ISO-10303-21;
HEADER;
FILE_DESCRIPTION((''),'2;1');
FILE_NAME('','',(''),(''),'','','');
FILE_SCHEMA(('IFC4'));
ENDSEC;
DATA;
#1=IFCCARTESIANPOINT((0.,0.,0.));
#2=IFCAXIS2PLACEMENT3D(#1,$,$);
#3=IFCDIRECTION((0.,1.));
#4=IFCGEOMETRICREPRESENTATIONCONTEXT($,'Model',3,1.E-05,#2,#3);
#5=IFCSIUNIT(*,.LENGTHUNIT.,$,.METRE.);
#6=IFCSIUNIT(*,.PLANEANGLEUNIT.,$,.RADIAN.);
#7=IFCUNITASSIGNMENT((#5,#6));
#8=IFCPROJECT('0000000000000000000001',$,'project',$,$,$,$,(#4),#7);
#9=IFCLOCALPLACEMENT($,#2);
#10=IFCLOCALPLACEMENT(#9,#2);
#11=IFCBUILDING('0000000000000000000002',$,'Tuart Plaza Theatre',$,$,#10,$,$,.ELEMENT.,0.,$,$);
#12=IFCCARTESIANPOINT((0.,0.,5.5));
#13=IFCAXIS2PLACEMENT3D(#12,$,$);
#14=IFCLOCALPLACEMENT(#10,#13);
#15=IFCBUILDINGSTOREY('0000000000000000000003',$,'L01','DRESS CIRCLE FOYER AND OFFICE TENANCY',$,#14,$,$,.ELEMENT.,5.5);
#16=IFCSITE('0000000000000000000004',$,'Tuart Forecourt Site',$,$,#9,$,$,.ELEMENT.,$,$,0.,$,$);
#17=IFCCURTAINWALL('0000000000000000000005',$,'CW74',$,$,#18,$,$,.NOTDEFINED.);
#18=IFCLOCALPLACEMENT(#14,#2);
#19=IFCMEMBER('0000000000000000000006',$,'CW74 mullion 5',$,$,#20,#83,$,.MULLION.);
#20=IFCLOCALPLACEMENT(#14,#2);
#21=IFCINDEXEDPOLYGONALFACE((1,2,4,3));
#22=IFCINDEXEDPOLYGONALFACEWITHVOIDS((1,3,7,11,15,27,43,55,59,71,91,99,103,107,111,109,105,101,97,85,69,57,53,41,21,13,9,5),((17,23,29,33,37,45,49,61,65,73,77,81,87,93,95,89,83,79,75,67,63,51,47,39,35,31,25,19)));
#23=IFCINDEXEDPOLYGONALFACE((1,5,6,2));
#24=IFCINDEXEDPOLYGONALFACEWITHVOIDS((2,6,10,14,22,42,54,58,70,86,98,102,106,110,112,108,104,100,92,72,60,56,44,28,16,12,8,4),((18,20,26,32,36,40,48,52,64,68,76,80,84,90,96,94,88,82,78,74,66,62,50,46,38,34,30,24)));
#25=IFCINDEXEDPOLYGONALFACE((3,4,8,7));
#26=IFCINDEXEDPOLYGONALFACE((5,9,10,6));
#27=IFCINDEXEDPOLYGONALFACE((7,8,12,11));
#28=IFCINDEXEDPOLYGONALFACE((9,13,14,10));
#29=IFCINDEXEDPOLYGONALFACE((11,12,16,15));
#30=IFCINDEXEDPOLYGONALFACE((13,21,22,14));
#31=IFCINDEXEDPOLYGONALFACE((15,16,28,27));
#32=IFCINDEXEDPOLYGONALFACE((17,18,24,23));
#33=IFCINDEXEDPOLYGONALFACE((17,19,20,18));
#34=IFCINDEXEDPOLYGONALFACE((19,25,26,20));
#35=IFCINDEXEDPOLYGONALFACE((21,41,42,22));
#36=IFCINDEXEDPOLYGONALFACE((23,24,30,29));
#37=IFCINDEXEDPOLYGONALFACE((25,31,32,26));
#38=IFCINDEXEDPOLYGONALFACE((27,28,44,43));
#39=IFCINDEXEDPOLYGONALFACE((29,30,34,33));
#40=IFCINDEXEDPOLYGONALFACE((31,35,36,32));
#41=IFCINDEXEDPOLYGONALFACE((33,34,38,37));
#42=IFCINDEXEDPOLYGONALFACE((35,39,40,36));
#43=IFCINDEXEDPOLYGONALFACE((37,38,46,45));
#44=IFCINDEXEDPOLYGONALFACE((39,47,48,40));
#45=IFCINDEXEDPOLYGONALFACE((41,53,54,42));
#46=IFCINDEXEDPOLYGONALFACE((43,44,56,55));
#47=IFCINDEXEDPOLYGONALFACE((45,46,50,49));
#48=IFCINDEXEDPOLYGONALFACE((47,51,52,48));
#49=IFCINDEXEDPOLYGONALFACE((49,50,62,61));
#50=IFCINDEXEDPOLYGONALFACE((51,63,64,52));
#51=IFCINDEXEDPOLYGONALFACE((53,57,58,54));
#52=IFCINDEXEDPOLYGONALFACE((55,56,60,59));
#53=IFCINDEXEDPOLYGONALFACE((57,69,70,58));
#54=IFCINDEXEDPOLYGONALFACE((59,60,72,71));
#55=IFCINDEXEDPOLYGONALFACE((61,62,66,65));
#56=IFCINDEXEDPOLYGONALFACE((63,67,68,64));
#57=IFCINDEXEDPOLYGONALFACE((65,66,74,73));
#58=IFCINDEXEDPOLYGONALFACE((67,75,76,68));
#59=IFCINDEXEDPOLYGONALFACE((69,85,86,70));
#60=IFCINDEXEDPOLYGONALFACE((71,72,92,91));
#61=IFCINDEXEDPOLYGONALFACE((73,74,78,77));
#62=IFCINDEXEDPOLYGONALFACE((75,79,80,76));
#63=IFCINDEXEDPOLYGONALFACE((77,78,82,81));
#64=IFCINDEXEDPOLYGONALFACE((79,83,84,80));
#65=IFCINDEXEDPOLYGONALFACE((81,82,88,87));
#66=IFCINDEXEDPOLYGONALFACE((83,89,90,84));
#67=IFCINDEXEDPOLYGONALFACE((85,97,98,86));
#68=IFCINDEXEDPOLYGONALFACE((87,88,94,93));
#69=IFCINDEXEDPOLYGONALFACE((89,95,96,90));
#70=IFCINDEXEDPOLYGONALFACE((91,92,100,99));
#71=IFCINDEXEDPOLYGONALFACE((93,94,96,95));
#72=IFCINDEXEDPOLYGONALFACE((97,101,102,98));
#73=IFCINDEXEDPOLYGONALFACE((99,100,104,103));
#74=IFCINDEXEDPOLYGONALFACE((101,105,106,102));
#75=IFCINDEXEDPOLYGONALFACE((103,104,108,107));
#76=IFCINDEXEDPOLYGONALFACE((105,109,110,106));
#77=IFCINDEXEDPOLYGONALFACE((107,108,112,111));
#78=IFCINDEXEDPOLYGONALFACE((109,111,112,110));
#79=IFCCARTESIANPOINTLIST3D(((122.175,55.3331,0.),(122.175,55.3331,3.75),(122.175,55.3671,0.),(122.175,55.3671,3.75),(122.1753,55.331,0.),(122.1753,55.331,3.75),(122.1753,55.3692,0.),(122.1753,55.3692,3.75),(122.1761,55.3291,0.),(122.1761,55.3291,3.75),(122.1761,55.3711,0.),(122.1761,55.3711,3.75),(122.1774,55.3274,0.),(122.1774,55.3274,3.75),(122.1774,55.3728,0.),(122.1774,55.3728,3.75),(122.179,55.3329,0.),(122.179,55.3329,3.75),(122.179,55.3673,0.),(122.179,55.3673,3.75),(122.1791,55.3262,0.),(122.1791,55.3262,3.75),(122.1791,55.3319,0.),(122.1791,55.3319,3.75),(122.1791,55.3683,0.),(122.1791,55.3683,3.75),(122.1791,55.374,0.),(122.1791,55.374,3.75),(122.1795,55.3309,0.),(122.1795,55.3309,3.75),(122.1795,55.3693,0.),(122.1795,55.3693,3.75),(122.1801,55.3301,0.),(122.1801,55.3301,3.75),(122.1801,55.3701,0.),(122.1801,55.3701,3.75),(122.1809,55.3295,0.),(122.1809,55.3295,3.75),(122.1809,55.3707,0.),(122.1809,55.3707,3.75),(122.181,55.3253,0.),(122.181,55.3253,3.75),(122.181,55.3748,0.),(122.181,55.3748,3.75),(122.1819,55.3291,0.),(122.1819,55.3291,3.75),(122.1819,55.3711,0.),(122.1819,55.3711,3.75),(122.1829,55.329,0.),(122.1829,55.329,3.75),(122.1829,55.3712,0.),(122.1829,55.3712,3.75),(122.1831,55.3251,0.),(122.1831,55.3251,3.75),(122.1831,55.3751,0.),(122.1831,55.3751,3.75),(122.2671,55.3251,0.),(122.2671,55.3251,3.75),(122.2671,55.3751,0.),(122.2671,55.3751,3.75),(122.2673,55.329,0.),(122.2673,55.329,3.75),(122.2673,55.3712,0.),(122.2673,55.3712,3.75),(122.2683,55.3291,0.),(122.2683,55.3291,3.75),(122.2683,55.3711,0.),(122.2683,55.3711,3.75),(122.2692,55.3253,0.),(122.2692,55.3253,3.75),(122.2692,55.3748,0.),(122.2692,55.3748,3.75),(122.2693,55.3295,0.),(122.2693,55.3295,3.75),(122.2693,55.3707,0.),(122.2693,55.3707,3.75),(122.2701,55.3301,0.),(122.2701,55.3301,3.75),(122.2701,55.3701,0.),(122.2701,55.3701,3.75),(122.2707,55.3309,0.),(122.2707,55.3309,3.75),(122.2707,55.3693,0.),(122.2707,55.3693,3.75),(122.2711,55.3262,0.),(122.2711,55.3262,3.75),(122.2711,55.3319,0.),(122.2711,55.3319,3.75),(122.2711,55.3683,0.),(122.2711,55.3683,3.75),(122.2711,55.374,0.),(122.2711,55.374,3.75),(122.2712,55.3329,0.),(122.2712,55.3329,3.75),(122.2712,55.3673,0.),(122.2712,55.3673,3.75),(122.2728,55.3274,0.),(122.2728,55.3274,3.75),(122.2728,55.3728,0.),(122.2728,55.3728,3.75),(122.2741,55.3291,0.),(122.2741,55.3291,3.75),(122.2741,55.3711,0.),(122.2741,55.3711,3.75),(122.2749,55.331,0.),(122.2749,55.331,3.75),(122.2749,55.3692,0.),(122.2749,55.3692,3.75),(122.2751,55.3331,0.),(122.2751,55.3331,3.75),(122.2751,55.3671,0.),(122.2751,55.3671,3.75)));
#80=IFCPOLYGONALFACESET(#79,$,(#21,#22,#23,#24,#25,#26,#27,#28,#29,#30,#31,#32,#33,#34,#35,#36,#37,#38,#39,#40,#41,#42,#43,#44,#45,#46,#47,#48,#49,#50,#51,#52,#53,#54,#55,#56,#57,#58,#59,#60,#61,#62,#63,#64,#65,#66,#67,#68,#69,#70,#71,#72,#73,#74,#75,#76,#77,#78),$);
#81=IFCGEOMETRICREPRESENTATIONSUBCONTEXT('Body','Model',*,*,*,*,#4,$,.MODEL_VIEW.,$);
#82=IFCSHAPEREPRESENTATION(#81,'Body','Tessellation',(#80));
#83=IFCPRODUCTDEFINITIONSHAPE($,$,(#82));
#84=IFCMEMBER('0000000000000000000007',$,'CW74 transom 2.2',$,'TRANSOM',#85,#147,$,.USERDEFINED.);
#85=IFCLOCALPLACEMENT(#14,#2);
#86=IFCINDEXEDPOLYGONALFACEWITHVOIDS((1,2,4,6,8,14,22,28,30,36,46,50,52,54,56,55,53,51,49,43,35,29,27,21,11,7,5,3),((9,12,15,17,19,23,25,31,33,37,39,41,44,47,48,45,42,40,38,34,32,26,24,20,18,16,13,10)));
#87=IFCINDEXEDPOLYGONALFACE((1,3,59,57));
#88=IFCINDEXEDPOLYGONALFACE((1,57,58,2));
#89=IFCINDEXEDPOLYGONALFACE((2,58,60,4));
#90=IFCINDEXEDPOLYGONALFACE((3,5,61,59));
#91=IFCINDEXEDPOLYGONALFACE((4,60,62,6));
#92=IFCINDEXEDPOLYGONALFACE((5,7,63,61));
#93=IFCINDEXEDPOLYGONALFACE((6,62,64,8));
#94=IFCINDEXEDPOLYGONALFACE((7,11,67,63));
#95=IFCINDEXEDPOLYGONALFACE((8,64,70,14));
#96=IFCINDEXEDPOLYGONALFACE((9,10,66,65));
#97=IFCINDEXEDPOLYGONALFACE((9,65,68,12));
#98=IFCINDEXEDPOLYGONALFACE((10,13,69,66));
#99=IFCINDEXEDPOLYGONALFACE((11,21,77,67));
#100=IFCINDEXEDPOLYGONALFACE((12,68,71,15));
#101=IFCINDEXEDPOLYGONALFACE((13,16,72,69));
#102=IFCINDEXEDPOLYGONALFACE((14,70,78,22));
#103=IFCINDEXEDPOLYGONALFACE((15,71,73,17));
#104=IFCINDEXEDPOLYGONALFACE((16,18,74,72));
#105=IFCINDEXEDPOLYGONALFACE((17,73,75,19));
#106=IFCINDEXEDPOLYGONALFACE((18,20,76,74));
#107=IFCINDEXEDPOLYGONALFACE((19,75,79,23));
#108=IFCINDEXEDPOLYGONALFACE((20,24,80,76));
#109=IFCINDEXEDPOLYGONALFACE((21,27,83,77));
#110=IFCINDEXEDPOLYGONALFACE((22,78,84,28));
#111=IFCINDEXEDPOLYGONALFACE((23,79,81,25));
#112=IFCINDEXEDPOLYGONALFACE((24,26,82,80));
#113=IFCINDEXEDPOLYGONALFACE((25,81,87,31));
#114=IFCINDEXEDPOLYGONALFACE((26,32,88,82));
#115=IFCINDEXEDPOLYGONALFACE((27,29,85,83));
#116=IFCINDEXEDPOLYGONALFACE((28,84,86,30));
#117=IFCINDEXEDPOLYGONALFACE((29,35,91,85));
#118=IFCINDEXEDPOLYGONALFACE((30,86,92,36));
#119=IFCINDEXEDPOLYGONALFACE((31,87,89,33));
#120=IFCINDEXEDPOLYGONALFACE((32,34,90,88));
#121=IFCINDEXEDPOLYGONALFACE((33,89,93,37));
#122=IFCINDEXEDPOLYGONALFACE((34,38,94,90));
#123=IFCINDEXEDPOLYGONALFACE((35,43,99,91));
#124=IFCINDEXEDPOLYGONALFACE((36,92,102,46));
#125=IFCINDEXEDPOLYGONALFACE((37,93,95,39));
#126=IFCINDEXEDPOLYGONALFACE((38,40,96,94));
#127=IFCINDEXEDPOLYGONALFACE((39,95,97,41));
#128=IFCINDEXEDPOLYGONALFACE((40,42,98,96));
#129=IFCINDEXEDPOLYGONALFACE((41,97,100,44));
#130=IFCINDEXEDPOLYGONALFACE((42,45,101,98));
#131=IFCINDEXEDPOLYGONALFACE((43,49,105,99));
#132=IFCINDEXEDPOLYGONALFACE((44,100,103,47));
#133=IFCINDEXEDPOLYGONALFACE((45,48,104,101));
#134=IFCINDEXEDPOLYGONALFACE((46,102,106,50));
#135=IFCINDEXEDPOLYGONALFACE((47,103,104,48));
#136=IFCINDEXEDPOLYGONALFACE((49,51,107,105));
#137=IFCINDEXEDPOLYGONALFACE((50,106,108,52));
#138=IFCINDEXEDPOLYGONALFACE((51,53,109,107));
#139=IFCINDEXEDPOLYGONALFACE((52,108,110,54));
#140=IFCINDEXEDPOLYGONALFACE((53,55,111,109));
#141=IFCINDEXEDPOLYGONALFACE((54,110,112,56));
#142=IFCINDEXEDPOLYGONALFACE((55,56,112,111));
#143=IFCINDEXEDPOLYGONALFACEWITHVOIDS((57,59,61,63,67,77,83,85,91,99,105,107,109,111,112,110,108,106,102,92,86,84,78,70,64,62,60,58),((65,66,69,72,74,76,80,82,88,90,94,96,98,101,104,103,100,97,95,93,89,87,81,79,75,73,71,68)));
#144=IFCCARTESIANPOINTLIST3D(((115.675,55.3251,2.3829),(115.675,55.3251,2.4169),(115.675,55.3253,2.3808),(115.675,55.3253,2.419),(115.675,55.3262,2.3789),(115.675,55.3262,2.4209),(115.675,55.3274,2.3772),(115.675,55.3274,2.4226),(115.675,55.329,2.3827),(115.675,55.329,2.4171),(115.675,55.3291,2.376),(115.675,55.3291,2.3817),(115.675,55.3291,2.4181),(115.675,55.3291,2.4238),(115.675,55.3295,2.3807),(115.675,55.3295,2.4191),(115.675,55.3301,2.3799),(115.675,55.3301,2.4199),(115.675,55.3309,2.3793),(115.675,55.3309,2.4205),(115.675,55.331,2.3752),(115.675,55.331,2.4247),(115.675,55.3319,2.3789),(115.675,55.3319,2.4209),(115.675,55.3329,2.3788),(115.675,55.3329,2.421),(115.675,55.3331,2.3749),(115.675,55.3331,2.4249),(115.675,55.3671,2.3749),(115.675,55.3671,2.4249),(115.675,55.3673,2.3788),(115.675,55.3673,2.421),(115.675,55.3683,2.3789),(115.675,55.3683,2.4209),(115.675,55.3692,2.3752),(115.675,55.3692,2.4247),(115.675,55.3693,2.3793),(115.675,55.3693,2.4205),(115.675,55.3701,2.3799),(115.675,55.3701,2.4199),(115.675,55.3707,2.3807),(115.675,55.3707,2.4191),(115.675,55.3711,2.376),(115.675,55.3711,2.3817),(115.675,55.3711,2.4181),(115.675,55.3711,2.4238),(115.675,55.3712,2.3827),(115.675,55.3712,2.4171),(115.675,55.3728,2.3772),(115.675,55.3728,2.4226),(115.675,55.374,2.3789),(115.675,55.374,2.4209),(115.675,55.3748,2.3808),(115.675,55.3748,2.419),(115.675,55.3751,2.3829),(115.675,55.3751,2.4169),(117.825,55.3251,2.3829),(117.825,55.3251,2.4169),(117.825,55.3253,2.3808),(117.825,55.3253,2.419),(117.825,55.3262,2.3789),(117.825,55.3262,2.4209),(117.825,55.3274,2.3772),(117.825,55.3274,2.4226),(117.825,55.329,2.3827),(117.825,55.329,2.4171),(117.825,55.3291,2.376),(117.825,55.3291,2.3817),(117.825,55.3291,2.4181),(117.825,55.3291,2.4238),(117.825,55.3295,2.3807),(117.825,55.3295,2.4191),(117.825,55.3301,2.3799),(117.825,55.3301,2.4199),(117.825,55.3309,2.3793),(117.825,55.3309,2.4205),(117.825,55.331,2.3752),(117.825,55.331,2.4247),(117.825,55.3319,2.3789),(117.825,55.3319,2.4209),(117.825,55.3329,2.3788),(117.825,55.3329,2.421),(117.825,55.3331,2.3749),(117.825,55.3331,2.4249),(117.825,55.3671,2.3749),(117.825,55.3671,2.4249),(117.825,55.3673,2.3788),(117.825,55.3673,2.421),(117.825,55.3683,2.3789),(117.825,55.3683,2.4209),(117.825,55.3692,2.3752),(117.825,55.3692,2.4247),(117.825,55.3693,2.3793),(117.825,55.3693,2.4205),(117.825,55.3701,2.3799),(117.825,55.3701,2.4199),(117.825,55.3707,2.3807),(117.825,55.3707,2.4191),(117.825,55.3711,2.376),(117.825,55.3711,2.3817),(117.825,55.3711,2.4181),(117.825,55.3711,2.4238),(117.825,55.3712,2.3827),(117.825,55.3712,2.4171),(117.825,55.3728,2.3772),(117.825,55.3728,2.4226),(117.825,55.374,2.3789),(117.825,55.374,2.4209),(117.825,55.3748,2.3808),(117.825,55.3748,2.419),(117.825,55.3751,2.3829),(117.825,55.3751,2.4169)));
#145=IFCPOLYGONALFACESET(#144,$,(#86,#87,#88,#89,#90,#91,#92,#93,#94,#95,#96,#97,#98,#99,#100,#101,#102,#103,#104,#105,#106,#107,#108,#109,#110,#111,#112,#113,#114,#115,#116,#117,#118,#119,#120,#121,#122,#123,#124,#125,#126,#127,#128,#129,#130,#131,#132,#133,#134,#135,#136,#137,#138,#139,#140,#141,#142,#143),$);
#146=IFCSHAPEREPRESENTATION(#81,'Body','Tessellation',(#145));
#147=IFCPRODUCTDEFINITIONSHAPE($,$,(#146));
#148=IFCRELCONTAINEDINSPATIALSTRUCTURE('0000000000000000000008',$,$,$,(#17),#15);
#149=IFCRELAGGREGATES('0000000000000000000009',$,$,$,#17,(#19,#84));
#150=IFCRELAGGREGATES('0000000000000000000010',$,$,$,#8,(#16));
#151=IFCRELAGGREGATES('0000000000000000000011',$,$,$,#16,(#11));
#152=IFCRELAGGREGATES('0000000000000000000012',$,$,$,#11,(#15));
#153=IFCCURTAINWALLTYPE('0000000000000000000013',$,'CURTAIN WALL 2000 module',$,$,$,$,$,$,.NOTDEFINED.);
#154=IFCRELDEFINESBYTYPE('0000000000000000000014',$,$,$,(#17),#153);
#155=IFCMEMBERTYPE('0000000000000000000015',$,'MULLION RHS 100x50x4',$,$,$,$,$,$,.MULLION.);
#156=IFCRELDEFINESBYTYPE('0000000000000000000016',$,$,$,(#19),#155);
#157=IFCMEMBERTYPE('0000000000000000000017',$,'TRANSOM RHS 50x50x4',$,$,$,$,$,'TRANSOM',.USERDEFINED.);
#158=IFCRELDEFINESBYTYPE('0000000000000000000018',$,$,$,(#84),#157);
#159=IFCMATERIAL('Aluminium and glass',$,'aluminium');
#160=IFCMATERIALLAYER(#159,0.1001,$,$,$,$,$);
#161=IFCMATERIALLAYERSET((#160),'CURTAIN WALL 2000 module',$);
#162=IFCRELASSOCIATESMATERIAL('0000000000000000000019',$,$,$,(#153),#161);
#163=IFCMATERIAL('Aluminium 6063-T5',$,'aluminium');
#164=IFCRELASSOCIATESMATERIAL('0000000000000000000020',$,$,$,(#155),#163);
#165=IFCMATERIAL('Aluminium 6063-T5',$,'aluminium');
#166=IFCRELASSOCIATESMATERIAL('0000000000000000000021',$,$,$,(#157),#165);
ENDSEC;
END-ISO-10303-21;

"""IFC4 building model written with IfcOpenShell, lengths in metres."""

from ifc_helpers import new_model, si_unit, direction, frame, origin, origin_2d, place, context, subcontext, project, spatial, hollow_rectangle, extrude, material, layer, layer_set, material_profile, profile_set, type_object, element, aggregate, save


model = new_model("IFC4")

# Units and contexts
model_context = context("Model", 3, precision=1e-05, world=origin(), true_north=direction((0.0, 1.0)))
body_context = subcontext(model_context, "Body", "Model", "MODEL_VIEW")
ifc_project = project(units=[si_unit("LENGTHUNIT", "METRE"), si_unit("PLANEANGLEUNIT", "RADIAN")], contexts=[model_context])

# Site, building, storey
site_placement = place(None, origin())
site = spatial("IfcSite", under=ifc_project, at=site_placement, Name="Tuart Forecourt Site", CompositionType="ELEMENT", RefElevation=0.0)
building_placement = place(site_placement, origin())
building = spatial("IfcBuilding", under=site, at=building_placement, Name="Tuart Plaza Theatre", CompositionType="ELEMENT", ElevationOfRefHeight=0.0)
storey_placement = place(building_placement, frame((0.0, 0.0, 5.5)))
storey = spatial("IfcBuildingStorey", under=building, at=storey_placement, Name="L01", Description="DRESS CIRCLE FOYER AND OFFICE TENANCY", CompositionType="ELEMENT", Elevation=5.5)

# Curtain wall, members
ifc_material_1 = material(Name="Aluminium and glass", Category="aluminium")
ifc_layer_1 = layer(ifc_material_1, 0.1001)
ifc_layer_set_1 = layer_set([ifc_layer_1], Name="CURTAIN WALL 2000 module")
curtain_wall_type = type_object("IfcCurtainWallType", Name="CURTAIN WALL 2000 module", PredefinedType="NOTDEFINED", material=ifc_layer_set_1)
curtain_wall_1_placement = place(storey_placement, origin())
curtain_wall_1 = element("IfcCurtainWall", 1, at=curtain_wall_1_placement, inside=storey, type_object=curtain_wall_type, Name="CW74", PredefinedType="NOTDEFINED")
ifc_material_2 = material(Name="Aluminium 6063-T5", Category="aluminium")
ifc_material_profile_1 = material_profile(ifc_material_2, hollow_rectangle(XDim=0.05, YDim=0.1001, WallThickness=0.0039, InnerFilletRadius=0.0039, OuterFilletRadius=0.0081, at=origin_2d()), Name="RHS 100x50x4")
ifc_profile_set_1 = profile_set([ifc_material_profile_1], Name="Aluminium 6063-T5")
member_type_1 = type_object("IfcMemberType", Name="MULLION RHS 100x50x4", PredefinedType="MULLION", material=ifc_profile_set_1)
member_1_placement = place(storey_placement, frame((122.2251, 55.3501, 0.0), z_axis=(0.0, 0.0, 1.0), x_axis=(0.0, 1.0, 0.0)))
member_1 = element("IfcMember", 2, at=member_1_placement, type_object=member_type_1, Name="CW74 mullion 5", PredefinedType="MULLION", context=body_context, shape_type="SweptSolid", body=[
    extrude(hollow_rectangle(XDim=0.05, YDim=0.1001, WallThickness=0.0039, InnerFilletRadius=0.0039, OuterFilletRadius=0.0081, at=origin_2d()), origin(), (0.0, 0.0, 1.0), 3.75),
])
ifc_material_3 = material(Name="Aluminium 6063-T5", Category="aluminium")
ifc_material_profile_2 = material_profile(ifc_material_3, hollow_rectangle(XDim=0.05, YDim=0.05, WallThickness=0.0039, InnerFilletRadius=0.0039, OuterFilletRadius=0.0081, at=origin_2d()), Name="RHS 50x50x4")
ifc_profile_set_2 = profile_set([ifc_material_profile_2], Name="Aluminium 6063-T5")
member_type_2 = type_object("IfcMemberType", Name="TRANSOM RHS 50x50x4", ElementType="TRANSOM", PredefinedType="USERDEFINED", material=ifc_profile_set_2)
member_2_placement = place(storey_placement, frame((115.675, 55.3501, 2.3999), z_axis=(1.0, 0.0, 0.0), x_axis=(0.0, 1.0, 0.0)))
member_2 = element("IfcMember", 3, at=member_2_placement, type_object=member_type_2, Name="CW74 transom 2.2", ObjectType="TRANSOM", PredefinedType="USERDEFINED", context=body_context, shape_type="SweptSolid", body=[
    extrude(hollow_rectangle(XDim=0.05, YDim=0.05, WallThickness=0.0039, InnerFilletRadius=0.0039, OuterFilletRadius=0.0081, at=origin_2d()), origin(), (0.0, 0.0, 1.0), 2.1499),
])

aggregate(curtain_wall_1, [member_1, member_2])

save(model, "model.ifc")
